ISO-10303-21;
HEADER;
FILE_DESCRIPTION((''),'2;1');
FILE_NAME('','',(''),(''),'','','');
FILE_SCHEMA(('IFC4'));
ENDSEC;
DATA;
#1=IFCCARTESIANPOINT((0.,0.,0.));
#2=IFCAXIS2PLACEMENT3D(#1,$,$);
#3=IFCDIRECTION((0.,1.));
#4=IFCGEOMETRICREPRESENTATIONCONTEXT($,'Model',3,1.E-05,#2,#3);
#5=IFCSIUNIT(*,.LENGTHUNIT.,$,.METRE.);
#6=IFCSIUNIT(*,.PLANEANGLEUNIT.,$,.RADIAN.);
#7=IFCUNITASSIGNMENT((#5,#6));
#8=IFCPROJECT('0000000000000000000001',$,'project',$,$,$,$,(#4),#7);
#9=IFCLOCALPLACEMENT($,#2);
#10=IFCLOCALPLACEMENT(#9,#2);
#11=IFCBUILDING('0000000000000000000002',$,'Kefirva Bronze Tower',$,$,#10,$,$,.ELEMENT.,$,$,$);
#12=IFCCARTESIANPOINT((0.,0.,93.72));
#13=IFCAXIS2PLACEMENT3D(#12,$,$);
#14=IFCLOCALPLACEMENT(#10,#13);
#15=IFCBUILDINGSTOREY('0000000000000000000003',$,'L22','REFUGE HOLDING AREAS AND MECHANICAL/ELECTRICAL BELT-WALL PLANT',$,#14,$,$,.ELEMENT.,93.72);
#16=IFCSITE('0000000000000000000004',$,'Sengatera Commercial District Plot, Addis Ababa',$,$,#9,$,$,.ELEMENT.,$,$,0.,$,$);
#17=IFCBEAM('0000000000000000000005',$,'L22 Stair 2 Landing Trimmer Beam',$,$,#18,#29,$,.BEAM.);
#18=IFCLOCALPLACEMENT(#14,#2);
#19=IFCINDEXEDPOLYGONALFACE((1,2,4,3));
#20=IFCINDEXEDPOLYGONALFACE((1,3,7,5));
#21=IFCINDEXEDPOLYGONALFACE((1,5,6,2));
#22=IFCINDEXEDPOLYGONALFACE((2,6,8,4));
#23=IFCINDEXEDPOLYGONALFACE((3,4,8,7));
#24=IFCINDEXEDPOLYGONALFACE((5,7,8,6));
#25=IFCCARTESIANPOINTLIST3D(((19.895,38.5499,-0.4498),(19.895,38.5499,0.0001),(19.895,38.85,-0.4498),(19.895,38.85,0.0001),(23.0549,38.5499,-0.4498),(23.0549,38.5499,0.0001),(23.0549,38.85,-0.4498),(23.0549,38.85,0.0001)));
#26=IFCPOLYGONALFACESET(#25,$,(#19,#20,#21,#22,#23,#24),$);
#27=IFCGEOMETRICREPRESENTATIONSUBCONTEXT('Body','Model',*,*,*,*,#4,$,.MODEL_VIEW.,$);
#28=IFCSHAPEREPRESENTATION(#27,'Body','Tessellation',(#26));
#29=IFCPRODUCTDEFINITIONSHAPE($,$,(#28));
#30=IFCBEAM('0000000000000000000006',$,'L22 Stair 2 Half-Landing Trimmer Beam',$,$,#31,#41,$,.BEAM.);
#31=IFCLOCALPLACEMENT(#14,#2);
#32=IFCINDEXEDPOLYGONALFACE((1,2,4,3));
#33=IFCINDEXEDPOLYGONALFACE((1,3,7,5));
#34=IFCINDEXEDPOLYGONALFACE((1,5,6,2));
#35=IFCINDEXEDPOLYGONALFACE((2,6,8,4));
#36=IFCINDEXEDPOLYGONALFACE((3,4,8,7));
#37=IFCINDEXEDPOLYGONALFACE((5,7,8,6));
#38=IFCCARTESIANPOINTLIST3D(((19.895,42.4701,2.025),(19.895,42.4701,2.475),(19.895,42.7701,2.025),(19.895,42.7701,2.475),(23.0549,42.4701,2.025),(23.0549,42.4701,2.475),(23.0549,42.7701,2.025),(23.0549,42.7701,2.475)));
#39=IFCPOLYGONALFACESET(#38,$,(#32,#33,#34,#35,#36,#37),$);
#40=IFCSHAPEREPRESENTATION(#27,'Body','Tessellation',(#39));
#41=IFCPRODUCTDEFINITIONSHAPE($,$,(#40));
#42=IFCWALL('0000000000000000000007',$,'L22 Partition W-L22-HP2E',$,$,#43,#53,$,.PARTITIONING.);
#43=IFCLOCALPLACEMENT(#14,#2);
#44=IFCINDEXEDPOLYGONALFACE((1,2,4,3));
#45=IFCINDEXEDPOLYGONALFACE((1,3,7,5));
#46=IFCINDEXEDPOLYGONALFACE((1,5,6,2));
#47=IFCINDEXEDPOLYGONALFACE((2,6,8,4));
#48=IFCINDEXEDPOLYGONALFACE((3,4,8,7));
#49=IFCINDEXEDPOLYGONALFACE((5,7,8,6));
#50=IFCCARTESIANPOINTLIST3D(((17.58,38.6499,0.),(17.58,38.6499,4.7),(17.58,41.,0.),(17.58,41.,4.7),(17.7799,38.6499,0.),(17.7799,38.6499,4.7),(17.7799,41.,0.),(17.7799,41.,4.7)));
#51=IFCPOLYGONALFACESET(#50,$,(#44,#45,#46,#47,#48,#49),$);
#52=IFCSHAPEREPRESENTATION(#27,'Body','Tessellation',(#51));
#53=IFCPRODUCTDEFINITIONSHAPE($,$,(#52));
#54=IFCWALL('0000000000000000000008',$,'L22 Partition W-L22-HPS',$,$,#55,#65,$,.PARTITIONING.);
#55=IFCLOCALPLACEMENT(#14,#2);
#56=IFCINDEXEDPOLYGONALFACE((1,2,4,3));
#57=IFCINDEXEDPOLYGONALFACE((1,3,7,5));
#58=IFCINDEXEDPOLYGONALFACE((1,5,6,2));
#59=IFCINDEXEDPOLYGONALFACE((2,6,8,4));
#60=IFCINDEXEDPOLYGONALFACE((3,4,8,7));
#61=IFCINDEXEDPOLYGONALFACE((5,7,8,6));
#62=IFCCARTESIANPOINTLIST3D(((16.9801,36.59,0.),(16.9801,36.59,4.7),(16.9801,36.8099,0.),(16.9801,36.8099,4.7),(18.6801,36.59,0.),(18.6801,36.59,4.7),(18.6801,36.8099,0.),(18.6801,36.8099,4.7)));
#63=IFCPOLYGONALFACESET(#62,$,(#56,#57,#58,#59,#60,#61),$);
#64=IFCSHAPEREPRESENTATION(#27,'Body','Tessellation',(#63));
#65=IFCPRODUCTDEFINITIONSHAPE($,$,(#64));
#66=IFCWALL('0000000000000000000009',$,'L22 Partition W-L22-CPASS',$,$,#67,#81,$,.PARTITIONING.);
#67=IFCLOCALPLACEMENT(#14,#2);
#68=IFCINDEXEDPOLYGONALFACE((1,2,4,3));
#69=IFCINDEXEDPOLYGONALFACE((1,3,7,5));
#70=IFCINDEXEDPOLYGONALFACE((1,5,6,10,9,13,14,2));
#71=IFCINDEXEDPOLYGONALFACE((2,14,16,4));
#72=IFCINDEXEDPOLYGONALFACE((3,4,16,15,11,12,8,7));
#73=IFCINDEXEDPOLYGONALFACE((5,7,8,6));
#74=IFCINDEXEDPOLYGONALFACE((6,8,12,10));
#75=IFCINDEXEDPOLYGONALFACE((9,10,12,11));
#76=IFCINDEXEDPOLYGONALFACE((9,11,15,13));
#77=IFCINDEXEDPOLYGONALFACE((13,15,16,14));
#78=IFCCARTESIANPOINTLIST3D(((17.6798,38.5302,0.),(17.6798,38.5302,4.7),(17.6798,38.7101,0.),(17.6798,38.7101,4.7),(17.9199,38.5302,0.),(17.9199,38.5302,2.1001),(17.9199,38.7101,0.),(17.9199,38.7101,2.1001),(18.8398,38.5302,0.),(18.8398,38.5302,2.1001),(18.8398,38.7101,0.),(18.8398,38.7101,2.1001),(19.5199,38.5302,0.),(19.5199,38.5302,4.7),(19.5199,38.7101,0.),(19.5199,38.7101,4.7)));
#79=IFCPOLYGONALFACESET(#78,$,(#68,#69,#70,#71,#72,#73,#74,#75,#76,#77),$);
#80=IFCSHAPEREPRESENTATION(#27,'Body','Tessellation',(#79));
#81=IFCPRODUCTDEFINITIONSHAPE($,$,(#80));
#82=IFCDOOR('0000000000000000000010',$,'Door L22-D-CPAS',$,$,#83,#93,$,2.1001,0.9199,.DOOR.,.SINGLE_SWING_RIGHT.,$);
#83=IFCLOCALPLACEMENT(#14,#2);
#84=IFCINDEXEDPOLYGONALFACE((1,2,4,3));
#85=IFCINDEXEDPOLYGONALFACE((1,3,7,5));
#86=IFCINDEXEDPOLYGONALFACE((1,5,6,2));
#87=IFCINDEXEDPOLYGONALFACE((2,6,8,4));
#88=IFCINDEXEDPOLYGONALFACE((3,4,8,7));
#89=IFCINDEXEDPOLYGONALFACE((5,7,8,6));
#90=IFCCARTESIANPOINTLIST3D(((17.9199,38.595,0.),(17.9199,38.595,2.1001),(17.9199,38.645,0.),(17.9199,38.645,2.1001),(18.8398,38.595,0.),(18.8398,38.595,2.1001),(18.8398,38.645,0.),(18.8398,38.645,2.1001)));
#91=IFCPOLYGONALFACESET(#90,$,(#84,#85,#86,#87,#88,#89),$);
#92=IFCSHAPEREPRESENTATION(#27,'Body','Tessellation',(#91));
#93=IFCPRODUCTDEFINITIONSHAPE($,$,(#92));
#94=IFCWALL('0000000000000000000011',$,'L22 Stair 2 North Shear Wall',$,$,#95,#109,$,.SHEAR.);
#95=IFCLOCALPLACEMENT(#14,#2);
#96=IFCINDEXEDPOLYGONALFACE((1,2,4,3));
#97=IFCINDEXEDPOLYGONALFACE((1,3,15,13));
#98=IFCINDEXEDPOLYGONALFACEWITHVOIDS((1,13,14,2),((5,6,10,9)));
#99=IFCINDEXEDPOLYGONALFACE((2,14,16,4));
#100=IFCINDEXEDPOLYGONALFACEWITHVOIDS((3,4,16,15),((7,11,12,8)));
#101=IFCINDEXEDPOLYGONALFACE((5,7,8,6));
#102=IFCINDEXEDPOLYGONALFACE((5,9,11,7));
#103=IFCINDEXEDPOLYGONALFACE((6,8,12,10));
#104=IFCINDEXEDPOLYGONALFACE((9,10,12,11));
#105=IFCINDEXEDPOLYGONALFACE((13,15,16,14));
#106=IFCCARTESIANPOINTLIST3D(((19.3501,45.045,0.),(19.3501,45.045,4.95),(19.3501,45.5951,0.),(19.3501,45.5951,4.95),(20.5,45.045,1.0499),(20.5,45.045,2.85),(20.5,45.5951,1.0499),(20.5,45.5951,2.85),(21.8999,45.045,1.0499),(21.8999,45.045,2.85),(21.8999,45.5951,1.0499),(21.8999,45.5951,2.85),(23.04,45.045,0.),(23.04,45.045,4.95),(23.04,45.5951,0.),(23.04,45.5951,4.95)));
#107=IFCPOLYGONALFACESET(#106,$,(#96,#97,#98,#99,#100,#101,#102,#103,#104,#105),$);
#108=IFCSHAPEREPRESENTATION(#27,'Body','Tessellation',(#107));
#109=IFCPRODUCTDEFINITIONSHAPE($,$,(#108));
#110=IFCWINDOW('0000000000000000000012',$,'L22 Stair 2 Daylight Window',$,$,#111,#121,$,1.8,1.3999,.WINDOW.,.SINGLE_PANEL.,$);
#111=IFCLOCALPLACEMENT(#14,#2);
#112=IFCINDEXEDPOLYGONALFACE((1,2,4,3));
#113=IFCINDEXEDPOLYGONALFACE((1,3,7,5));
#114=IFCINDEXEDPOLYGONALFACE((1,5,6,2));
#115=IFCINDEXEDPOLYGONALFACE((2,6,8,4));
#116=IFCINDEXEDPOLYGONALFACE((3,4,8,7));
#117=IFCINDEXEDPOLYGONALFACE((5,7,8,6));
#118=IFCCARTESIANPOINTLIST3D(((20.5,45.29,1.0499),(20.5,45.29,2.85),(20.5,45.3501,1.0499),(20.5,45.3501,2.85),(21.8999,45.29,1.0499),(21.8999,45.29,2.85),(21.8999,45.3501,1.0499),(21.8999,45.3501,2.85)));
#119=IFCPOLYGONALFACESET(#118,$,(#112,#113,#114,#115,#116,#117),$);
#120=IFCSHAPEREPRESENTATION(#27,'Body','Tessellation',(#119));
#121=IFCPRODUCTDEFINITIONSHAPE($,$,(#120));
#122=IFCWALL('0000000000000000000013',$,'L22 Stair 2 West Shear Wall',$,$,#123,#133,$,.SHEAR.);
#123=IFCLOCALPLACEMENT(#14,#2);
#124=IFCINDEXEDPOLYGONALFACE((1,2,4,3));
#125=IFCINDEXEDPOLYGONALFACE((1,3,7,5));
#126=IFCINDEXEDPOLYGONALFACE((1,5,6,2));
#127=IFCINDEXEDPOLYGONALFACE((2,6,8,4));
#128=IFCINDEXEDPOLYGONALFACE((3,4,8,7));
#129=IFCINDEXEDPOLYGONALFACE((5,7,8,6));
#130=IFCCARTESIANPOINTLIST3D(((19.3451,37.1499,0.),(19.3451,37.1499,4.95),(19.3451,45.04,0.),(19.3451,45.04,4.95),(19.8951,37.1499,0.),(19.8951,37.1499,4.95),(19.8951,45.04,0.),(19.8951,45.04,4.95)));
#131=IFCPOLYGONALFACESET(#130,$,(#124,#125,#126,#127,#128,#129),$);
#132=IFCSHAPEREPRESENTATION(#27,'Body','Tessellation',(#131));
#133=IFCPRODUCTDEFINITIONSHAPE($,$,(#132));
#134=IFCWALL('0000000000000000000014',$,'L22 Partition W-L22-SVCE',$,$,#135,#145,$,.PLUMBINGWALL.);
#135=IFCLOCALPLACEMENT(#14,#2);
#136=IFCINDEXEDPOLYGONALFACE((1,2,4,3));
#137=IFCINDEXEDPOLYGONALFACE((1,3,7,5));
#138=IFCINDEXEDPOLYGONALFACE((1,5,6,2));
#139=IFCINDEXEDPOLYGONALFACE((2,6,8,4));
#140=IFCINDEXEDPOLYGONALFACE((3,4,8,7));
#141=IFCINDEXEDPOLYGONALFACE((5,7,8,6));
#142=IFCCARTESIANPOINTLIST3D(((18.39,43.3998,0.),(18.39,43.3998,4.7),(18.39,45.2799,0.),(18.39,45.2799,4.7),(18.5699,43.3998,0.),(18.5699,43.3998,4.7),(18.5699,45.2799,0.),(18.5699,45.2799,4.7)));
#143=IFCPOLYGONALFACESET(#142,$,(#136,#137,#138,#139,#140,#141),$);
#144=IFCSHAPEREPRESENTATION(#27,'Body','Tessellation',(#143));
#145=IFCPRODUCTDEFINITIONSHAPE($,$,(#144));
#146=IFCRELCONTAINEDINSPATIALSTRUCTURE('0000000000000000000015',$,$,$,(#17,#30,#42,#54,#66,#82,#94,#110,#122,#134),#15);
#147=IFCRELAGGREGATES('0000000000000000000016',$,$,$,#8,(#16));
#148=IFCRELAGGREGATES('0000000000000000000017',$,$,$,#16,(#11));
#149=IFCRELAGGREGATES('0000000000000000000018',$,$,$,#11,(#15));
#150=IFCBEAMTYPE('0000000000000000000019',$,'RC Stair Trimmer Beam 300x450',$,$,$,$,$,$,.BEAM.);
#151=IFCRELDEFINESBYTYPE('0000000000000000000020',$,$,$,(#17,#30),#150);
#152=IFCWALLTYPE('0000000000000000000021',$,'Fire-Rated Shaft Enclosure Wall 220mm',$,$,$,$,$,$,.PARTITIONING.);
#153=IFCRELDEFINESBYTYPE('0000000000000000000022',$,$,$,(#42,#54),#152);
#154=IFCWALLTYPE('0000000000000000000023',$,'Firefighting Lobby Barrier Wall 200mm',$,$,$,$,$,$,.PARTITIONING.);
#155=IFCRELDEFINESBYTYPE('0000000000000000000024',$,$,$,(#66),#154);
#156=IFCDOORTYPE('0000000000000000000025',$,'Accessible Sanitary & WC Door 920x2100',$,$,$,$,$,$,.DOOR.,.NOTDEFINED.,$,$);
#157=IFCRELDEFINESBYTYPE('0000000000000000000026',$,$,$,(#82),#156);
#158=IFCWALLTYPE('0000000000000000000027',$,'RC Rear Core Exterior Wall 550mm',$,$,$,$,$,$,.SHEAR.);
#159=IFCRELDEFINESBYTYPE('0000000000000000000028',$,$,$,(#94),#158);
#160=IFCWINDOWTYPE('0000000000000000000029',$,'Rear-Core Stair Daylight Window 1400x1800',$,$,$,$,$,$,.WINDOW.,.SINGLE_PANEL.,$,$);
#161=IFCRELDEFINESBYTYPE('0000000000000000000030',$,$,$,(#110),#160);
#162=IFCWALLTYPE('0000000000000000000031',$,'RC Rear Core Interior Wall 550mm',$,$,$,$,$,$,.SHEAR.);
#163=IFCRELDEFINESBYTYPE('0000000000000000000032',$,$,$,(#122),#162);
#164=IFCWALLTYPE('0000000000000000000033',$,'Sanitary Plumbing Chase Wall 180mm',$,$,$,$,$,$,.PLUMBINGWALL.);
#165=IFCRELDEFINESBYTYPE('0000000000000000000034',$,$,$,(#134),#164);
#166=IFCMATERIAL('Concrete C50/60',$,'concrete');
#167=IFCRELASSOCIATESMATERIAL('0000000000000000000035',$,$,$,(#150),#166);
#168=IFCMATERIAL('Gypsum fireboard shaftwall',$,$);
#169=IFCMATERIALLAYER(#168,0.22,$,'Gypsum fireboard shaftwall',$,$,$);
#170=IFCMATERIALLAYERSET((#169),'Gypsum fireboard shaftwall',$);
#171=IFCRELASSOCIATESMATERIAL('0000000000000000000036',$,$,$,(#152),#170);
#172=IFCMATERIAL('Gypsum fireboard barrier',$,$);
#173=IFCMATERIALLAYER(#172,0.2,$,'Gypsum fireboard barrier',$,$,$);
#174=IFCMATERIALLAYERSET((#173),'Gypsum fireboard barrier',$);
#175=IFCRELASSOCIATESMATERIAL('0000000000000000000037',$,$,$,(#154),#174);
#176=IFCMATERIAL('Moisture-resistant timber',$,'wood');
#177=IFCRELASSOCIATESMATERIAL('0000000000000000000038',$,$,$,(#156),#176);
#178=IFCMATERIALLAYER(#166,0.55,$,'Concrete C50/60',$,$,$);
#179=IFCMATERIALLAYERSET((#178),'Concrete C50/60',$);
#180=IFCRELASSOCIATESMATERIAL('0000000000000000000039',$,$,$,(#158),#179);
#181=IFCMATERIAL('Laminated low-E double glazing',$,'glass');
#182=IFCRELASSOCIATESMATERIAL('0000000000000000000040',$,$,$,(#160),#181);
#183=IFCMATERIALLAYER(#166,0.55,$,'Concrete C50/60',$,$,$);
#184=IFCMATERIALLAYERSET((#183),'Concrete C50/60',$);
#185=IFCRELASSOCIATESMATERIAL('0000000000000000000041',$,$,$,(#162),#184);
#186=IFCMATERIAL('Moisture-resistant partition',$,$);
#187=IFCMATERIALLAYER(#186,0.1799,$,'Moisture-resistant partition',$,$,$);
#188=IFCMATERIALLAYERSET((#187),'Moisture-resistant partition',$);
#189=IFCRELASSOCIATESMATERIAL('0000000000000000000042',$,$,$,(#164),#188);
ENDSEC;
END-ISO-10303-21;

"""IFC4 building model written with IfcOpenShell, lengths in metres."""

from ifc_helpers import new_model, si_unit, direction, frame, frame_2d, origin, origin_2d, place, context, subcontext, project, spatial, rectangle, extrude, material, layer, layer_set, material_profile, profile_set, type_object, element, fill, save


model = new_model("IFC4")

# Units and contexts
model_context = context("Model", 3, precision=1e-05, world=origin(), true_north=direction((0.0, 1.0)))
body_context = subcontext(model_context, "Body", "Model", "MODEL_VIEW")
ifc_project = project(units=[si_unit("LENGTHUNIT", "METRE"), si_unit("PLANEANGLEUNIT", "RADIAN")], contexts=[model_context])

# Site, building, storey
site_placement = place(None, origin())
site = spatial("IfcSite", under=ifc_project, at=site_placement, Name="Sengatera Commercial District Plot, Addis Ababa", CompositionType="ELEMENT", RefElevation=0.0)
building_placement = place(site_placement, origin())
building = spatial("IfcBuilding", under=site, at=building_placement, Name="Kefirva Bronze Tower", CompositionType="ELEMENT")
storey_placement = place(building_placement, frame((0.0, 0.0, 93.72)))
storey = spatial("IfcBuildingStorey", under=building, at=storey_placement, Name="L22", Description="REFUGE HOLDING AREAS AND MECHANICAL/ELECTRICAL BELT-WALL PLANT", CompositionType="ELEMENT", Elevation=93.72)

# Beams
ifc_material_1 = material(Name="Concrete C50/60", Category="concrete")
ifc_material_profile = material_profile(ifc_material_1, rectangle(XDim=0.3, YDim=0.45, at=origin_2d()), Name="RC 300x450")
ifc_profile_set = profile_set([ifc_material_profile], Name="Concrete C50/60")
beam_type = type_object("IfcBeamType", Name="RC Stair Trimmer Beam 300x450", PredefinedType="BEAM", material=ifc_profile_set)
for number, where, z_axis, x_axis, name in (
    (1, (19.895, 38.7, -0.2249), (1.0, 0.0, 0.0), (0.0, 1.0, 0.0), "L22 Stair 2 Landing Trimmer Beam"),
    (2, (19.895, 42.6201, 2.25), (1.0, 0.0, 0.0), (0.0, 1.0, 0.0), "L22 Stair 2 Half-Landing Trimmer Beam"),
):
    element("IfcBeam", number, at=place(storey_placement, frame(where, z_axis=z_axis, x_axis=x_axis)), inside=storey, type_object=beam_type, Name=name, PredefinedType="BEAM", context=body_context, shape_type="SweptSolid", body=[
        extrude(rectangle(XDim=0.3, YDim=0.45, at=origin_2d()), origin(), (0.0, 0.0, 1.0), 3.1599),
    ])

# Shared definitions
ifc_material_2 = material(Name="Gypsum fireboard shaftwall")
ifc_layer_1 = layer(ifc_material_2, 0.22, Name="Gypsum fireboard shaftwall")
ifc_layer_set_1 = layer_set([ifc_layer_1], Name="Gypsum fireboard shaftwall")
wall_type_1 = type_object("IfcWallType", Name="Fire-Rated Shaft Enclosure Wall 220mm", PredefinedType="PARTITIONING", material=ifc_layer_set_1)

# Walls
wall_1_placement = place(storey_placement, frame((17.6799, 38.6499, 0.0), z_axis=(0.0, 0.0, 1.0), x_axis=(0.0, 1.0, 0.0)))
element("IfcWall", 3, at=wall_1_placement, inside=storey, type_object=wall_type_1, Name="L22 Partition W-L22-HP2E", PredefinedType="PARTITIONING", context=body_context, shape_type="SweptSolid", body=[
    extrude(rectangle(XDim=2.3501, YDim=0.2, at=frame_2d((1.175, 0.0))), origin(), (0.0, 0.0, 1.0), 4.7),
])
wall_2_placement = place(storey_placement, frame((16.98, 36.7, 0.0), z_axis=(0.0, 0.0, 1.0), x_axis=(1.0, 0.0, 0.0)))
element("IfcWall", 4, at=wall_2_placement, inside=storey, type_object=wall_type_1, Name="L22 Partition W-L22-HPS", PredefinedType="PARTITIONING", context=body_context, shape_type="SweptSolid", body=[
    extrude(rectangle(XDim=1.7, YDim=0.22, at=frame_2d((0.8501, 0.0))), origin(), (0.0, 0.0, 1.0), 4.7),
])

# Wall, opening, door
ifc_material_3 = material(Name="Gypsum fireboard barrier")
ifc_layer_2 = layer(ifc_material_3, 0.2, Name="Gypsum fireboard barrier")
ifc_layer_set_2 = layer_set([ifc_layer_2], Name="Gypsum fireboard barrier")
wall_type_2 = type_object("IfcWallType", Name="Firefighting Lobby Barrier Wall 200mm", PredefinedType="PARTITIONING", material=ifc_layer_set_2)
wall_3_placement = place(storey_placement, frame((17.6799, 38.6201, 0.0), z_axis=(0.0, 0.0, 1.0), x_axis=(1.0, 0.0, 0.0)))
wall_3 = element("IfcWall", 5, at=wall_3_placement, inside=storey, type_object=wall_type_2, Name="L22 Partition W-L22-CPASS", PredefinedType="PARTITIONING", context=body_context, shape_type="SweptSolid", body=[
    extrude(rectangle(XDim=1.8401, YDim=0.1799, at=frame_2d((0.9199, 0.0))), origin(), (0.0, 0.0, 1.0), 4.7),
])
opening_1_placement = place(wall_3_placement, frame((0.24, 0.0, 0.0)))
opening_1 = element("IfcOpeningElement", 6, at=opening_1_placement, cuts=wall_3, PredefinedType="OPENING", context=body_context, shape_type="SweptSolid", body=[
    extrude(rectangle(XDim=0.9199, YDim=2.1001, at=frame_2d((0.46, 1.05))), frame((0.0, 0.1001, 0.0), z_axis=(0.0, -1.0, 0.0), x_axis=(1.0, 0.0, 0.0)), (0.0, 0.0, 1.0), 0.2),
])
ifc_material_4 = material(Name="Moisture-resistant timber", Category="wood")
door_type_1 = type_object("IfcDoorType", Name="Accessible Sanitary & WC Door 920x2100", OperationType="NOTDEFINED", PredefinedType="DOOR", material=ifc_material_4)
door_1_placement = place(opening_1_placement, origin())
door_1 = element("IfcDoor", 7, at=door_1_placement, inside=storey, type_object=door_type_1, Name="Door L22-D-CPAS", OperationType="SINGLE_SWING_RIGHT", OverallHeight=2.1001, OverallWidth=0.9199, PredefinedType="DOOR", context=body_context, shape_type="SweptSolid", body=[
    extrude(rectangle(XDim=0.9199, YDim=2.1001, at=frame_2d((0.46, 1.05))), frame((0.0, 0.0249, 0.0), z_axis=(0.0, -1.0, 0.0), x_axis=(1.0, 0.0, 0.0)), (0.0, 0.0, 1.0), 0.05),
])
fill(opening_1, door_1)

# Wall, opening, window
ifc_layer_3 = layer(ifc_material_1, 0.55, Name="Concrete C50/60")
ifc_layer_set_3 = layer_set([ifc_layer_3], Name="Concrete C50/60")
wall_type_3 = type_object("IfcWallType", Name="RC Rear Core Exterior Wall 550mm", PredefinedType="SHEAR", material=ifc_layer_set_3)
wall_4_placement = place(storey_placement, frame((19.3501, 45.3201, 0.0), z_axis=(0.0, 0.0, 1.0), x_axis=(1.0, 0.0, 0.0)))
wall_4 = element("IfcWall", 8, at=wall_4_placement, inside=storey, type_object=wall_type_3, Name="L22 Stair 2 North Shear Wall", PredefinedType="SHEAR", context=body_context, shape_type="SweptSolid", body=[
    extrude(rectangle(XDim=3.6899, YDim=0.55, at=frame_2d((1.845, 0.0))), origin(), (0.0, 0.0, 1.0), 4.95),
])
opening_2_placement = place(wall_4_placement, frame((1.1499, 0.0, 1.05)))
opening_2 = element("IfcOpeningElement", 9, at=opening_2_placement, cuts=wall_4, PredefinedType="OPENING", context=body_context, shape_type="SweptSolid", body=[
    extrude(rectangle(XDim=1.3999, YDim=1.8, at=frame_2d((0.7, 0.8999))), frame((0.0, 0.2852, 0.0), z_axis=(0.0, -1.0, 0.0), x_axis=(1.0, 0.0, 0.0)), (0.0, 0.0, 1.0), 0.5701),
])
ifc_material_5 = material(Name="Laminated low-E double glazing", Category="glass")
window_type = type_object("IfcWindowType", Name="Rear-Core Stair Daylight Window 1400x1800", PartitioningType="SINGLE_PANEL", PredefinedType="WINDOW", material=ifc_material_5)
window_placement = place(opening_2_placement, origin())
window = element("IfcWindow", 10, at=window_placement, inside=storey, type_object=window_type, Name="L22 Stair 2 Daylight Window", OverallHeight=1.8, OverallWidth=1.3999, PartitioningType="SINGLE_PANEL", PredefinedType="WINDOW", context=body_context, shape_type="SweptSolid", body=[
    extrude(rectangle(XDim=1.3999, YDim=1.8, at=frame_2d((0.7, 0.8999))), frame((0.0, 0.03, 0.0), z_axis=(0.0, -1.0, 0.0), x_axis=(1.0, 0.0, 0.0)), (0.0, 0.0, 1.0), 0.0601),
])
fill(opening_2, window)

# Walls
ifc_layer_4 = layer(ifc_material_1, 0.55, Name="Concrete C50/60")
ifc_layer_set_4 = layer_set([ifc_layer_4], Name="Concrete C50/60")
wall_type_4 = type_object("IfcWallType", Name="RC Rear Core Interior Wall 550mm", PredefinedType="SHEAR", material=ifc_layer_set_4)
wall_5_placement = place(storey_placement, frame((19.6201, 37.1499, 0.0), z_axis=(0.0, 0.0, 1.0), x_axis=(0.0, 1.0, 0.0)))
element("IfcWall", 11, at=wall_5_placement, inside=storey, type_object=wall_type_4, Name="L22 Stair 2 West Shear Wall", PredefinedType="SHEAR", context=body_context, shape_type="SweptSolid", body=[
    extrude(rectangle(XDim=7.8901, YDim=0.55, at=frame_2d((3.9451, 0.0))), origin(), (0.0, 0.0, 1.0), 4.95),
])
ifc_material_6 = material(Name="Moisture-resistant partition")
ifc_layer_5 = layer(ifc_material_6, 0.1799, Name="Moisture-resistant partition")
ifc_layer_set_5 = layer_set([ifc_layer_5], Name="Moisture-resistant partition")
wall_type_5 = type_object("IfcWallType", Name="Sanitary Plumbing Chase Wall 180mm", PredefinedType="PLUMBINGWALL", material=ifc_layer_set_5)
wall_6_placement = place(storey_placement, frame((18.48, 43.3999, 0.0), z_axis=(0.0, 0.0, 1.0), x_axis=(0.0, 1.0, 0.0)))
element("IfcWall", 12, at=wall_6_placement, inside=storey, type_object=wall_type_5, Name="L22 Partition W-L22-SVCE", PredefinedType="PLUMBINGWALL", context=body_context, shape_type="SweptSolid", body=[
    extrude(rectangle(XDim=1.8801, YDim=0.1799, at=frame_2d((0.9399, 0.0))), origin(), (0.0, 0.0, 1.0), 4.7),
])

save(model, "model.ifc")
